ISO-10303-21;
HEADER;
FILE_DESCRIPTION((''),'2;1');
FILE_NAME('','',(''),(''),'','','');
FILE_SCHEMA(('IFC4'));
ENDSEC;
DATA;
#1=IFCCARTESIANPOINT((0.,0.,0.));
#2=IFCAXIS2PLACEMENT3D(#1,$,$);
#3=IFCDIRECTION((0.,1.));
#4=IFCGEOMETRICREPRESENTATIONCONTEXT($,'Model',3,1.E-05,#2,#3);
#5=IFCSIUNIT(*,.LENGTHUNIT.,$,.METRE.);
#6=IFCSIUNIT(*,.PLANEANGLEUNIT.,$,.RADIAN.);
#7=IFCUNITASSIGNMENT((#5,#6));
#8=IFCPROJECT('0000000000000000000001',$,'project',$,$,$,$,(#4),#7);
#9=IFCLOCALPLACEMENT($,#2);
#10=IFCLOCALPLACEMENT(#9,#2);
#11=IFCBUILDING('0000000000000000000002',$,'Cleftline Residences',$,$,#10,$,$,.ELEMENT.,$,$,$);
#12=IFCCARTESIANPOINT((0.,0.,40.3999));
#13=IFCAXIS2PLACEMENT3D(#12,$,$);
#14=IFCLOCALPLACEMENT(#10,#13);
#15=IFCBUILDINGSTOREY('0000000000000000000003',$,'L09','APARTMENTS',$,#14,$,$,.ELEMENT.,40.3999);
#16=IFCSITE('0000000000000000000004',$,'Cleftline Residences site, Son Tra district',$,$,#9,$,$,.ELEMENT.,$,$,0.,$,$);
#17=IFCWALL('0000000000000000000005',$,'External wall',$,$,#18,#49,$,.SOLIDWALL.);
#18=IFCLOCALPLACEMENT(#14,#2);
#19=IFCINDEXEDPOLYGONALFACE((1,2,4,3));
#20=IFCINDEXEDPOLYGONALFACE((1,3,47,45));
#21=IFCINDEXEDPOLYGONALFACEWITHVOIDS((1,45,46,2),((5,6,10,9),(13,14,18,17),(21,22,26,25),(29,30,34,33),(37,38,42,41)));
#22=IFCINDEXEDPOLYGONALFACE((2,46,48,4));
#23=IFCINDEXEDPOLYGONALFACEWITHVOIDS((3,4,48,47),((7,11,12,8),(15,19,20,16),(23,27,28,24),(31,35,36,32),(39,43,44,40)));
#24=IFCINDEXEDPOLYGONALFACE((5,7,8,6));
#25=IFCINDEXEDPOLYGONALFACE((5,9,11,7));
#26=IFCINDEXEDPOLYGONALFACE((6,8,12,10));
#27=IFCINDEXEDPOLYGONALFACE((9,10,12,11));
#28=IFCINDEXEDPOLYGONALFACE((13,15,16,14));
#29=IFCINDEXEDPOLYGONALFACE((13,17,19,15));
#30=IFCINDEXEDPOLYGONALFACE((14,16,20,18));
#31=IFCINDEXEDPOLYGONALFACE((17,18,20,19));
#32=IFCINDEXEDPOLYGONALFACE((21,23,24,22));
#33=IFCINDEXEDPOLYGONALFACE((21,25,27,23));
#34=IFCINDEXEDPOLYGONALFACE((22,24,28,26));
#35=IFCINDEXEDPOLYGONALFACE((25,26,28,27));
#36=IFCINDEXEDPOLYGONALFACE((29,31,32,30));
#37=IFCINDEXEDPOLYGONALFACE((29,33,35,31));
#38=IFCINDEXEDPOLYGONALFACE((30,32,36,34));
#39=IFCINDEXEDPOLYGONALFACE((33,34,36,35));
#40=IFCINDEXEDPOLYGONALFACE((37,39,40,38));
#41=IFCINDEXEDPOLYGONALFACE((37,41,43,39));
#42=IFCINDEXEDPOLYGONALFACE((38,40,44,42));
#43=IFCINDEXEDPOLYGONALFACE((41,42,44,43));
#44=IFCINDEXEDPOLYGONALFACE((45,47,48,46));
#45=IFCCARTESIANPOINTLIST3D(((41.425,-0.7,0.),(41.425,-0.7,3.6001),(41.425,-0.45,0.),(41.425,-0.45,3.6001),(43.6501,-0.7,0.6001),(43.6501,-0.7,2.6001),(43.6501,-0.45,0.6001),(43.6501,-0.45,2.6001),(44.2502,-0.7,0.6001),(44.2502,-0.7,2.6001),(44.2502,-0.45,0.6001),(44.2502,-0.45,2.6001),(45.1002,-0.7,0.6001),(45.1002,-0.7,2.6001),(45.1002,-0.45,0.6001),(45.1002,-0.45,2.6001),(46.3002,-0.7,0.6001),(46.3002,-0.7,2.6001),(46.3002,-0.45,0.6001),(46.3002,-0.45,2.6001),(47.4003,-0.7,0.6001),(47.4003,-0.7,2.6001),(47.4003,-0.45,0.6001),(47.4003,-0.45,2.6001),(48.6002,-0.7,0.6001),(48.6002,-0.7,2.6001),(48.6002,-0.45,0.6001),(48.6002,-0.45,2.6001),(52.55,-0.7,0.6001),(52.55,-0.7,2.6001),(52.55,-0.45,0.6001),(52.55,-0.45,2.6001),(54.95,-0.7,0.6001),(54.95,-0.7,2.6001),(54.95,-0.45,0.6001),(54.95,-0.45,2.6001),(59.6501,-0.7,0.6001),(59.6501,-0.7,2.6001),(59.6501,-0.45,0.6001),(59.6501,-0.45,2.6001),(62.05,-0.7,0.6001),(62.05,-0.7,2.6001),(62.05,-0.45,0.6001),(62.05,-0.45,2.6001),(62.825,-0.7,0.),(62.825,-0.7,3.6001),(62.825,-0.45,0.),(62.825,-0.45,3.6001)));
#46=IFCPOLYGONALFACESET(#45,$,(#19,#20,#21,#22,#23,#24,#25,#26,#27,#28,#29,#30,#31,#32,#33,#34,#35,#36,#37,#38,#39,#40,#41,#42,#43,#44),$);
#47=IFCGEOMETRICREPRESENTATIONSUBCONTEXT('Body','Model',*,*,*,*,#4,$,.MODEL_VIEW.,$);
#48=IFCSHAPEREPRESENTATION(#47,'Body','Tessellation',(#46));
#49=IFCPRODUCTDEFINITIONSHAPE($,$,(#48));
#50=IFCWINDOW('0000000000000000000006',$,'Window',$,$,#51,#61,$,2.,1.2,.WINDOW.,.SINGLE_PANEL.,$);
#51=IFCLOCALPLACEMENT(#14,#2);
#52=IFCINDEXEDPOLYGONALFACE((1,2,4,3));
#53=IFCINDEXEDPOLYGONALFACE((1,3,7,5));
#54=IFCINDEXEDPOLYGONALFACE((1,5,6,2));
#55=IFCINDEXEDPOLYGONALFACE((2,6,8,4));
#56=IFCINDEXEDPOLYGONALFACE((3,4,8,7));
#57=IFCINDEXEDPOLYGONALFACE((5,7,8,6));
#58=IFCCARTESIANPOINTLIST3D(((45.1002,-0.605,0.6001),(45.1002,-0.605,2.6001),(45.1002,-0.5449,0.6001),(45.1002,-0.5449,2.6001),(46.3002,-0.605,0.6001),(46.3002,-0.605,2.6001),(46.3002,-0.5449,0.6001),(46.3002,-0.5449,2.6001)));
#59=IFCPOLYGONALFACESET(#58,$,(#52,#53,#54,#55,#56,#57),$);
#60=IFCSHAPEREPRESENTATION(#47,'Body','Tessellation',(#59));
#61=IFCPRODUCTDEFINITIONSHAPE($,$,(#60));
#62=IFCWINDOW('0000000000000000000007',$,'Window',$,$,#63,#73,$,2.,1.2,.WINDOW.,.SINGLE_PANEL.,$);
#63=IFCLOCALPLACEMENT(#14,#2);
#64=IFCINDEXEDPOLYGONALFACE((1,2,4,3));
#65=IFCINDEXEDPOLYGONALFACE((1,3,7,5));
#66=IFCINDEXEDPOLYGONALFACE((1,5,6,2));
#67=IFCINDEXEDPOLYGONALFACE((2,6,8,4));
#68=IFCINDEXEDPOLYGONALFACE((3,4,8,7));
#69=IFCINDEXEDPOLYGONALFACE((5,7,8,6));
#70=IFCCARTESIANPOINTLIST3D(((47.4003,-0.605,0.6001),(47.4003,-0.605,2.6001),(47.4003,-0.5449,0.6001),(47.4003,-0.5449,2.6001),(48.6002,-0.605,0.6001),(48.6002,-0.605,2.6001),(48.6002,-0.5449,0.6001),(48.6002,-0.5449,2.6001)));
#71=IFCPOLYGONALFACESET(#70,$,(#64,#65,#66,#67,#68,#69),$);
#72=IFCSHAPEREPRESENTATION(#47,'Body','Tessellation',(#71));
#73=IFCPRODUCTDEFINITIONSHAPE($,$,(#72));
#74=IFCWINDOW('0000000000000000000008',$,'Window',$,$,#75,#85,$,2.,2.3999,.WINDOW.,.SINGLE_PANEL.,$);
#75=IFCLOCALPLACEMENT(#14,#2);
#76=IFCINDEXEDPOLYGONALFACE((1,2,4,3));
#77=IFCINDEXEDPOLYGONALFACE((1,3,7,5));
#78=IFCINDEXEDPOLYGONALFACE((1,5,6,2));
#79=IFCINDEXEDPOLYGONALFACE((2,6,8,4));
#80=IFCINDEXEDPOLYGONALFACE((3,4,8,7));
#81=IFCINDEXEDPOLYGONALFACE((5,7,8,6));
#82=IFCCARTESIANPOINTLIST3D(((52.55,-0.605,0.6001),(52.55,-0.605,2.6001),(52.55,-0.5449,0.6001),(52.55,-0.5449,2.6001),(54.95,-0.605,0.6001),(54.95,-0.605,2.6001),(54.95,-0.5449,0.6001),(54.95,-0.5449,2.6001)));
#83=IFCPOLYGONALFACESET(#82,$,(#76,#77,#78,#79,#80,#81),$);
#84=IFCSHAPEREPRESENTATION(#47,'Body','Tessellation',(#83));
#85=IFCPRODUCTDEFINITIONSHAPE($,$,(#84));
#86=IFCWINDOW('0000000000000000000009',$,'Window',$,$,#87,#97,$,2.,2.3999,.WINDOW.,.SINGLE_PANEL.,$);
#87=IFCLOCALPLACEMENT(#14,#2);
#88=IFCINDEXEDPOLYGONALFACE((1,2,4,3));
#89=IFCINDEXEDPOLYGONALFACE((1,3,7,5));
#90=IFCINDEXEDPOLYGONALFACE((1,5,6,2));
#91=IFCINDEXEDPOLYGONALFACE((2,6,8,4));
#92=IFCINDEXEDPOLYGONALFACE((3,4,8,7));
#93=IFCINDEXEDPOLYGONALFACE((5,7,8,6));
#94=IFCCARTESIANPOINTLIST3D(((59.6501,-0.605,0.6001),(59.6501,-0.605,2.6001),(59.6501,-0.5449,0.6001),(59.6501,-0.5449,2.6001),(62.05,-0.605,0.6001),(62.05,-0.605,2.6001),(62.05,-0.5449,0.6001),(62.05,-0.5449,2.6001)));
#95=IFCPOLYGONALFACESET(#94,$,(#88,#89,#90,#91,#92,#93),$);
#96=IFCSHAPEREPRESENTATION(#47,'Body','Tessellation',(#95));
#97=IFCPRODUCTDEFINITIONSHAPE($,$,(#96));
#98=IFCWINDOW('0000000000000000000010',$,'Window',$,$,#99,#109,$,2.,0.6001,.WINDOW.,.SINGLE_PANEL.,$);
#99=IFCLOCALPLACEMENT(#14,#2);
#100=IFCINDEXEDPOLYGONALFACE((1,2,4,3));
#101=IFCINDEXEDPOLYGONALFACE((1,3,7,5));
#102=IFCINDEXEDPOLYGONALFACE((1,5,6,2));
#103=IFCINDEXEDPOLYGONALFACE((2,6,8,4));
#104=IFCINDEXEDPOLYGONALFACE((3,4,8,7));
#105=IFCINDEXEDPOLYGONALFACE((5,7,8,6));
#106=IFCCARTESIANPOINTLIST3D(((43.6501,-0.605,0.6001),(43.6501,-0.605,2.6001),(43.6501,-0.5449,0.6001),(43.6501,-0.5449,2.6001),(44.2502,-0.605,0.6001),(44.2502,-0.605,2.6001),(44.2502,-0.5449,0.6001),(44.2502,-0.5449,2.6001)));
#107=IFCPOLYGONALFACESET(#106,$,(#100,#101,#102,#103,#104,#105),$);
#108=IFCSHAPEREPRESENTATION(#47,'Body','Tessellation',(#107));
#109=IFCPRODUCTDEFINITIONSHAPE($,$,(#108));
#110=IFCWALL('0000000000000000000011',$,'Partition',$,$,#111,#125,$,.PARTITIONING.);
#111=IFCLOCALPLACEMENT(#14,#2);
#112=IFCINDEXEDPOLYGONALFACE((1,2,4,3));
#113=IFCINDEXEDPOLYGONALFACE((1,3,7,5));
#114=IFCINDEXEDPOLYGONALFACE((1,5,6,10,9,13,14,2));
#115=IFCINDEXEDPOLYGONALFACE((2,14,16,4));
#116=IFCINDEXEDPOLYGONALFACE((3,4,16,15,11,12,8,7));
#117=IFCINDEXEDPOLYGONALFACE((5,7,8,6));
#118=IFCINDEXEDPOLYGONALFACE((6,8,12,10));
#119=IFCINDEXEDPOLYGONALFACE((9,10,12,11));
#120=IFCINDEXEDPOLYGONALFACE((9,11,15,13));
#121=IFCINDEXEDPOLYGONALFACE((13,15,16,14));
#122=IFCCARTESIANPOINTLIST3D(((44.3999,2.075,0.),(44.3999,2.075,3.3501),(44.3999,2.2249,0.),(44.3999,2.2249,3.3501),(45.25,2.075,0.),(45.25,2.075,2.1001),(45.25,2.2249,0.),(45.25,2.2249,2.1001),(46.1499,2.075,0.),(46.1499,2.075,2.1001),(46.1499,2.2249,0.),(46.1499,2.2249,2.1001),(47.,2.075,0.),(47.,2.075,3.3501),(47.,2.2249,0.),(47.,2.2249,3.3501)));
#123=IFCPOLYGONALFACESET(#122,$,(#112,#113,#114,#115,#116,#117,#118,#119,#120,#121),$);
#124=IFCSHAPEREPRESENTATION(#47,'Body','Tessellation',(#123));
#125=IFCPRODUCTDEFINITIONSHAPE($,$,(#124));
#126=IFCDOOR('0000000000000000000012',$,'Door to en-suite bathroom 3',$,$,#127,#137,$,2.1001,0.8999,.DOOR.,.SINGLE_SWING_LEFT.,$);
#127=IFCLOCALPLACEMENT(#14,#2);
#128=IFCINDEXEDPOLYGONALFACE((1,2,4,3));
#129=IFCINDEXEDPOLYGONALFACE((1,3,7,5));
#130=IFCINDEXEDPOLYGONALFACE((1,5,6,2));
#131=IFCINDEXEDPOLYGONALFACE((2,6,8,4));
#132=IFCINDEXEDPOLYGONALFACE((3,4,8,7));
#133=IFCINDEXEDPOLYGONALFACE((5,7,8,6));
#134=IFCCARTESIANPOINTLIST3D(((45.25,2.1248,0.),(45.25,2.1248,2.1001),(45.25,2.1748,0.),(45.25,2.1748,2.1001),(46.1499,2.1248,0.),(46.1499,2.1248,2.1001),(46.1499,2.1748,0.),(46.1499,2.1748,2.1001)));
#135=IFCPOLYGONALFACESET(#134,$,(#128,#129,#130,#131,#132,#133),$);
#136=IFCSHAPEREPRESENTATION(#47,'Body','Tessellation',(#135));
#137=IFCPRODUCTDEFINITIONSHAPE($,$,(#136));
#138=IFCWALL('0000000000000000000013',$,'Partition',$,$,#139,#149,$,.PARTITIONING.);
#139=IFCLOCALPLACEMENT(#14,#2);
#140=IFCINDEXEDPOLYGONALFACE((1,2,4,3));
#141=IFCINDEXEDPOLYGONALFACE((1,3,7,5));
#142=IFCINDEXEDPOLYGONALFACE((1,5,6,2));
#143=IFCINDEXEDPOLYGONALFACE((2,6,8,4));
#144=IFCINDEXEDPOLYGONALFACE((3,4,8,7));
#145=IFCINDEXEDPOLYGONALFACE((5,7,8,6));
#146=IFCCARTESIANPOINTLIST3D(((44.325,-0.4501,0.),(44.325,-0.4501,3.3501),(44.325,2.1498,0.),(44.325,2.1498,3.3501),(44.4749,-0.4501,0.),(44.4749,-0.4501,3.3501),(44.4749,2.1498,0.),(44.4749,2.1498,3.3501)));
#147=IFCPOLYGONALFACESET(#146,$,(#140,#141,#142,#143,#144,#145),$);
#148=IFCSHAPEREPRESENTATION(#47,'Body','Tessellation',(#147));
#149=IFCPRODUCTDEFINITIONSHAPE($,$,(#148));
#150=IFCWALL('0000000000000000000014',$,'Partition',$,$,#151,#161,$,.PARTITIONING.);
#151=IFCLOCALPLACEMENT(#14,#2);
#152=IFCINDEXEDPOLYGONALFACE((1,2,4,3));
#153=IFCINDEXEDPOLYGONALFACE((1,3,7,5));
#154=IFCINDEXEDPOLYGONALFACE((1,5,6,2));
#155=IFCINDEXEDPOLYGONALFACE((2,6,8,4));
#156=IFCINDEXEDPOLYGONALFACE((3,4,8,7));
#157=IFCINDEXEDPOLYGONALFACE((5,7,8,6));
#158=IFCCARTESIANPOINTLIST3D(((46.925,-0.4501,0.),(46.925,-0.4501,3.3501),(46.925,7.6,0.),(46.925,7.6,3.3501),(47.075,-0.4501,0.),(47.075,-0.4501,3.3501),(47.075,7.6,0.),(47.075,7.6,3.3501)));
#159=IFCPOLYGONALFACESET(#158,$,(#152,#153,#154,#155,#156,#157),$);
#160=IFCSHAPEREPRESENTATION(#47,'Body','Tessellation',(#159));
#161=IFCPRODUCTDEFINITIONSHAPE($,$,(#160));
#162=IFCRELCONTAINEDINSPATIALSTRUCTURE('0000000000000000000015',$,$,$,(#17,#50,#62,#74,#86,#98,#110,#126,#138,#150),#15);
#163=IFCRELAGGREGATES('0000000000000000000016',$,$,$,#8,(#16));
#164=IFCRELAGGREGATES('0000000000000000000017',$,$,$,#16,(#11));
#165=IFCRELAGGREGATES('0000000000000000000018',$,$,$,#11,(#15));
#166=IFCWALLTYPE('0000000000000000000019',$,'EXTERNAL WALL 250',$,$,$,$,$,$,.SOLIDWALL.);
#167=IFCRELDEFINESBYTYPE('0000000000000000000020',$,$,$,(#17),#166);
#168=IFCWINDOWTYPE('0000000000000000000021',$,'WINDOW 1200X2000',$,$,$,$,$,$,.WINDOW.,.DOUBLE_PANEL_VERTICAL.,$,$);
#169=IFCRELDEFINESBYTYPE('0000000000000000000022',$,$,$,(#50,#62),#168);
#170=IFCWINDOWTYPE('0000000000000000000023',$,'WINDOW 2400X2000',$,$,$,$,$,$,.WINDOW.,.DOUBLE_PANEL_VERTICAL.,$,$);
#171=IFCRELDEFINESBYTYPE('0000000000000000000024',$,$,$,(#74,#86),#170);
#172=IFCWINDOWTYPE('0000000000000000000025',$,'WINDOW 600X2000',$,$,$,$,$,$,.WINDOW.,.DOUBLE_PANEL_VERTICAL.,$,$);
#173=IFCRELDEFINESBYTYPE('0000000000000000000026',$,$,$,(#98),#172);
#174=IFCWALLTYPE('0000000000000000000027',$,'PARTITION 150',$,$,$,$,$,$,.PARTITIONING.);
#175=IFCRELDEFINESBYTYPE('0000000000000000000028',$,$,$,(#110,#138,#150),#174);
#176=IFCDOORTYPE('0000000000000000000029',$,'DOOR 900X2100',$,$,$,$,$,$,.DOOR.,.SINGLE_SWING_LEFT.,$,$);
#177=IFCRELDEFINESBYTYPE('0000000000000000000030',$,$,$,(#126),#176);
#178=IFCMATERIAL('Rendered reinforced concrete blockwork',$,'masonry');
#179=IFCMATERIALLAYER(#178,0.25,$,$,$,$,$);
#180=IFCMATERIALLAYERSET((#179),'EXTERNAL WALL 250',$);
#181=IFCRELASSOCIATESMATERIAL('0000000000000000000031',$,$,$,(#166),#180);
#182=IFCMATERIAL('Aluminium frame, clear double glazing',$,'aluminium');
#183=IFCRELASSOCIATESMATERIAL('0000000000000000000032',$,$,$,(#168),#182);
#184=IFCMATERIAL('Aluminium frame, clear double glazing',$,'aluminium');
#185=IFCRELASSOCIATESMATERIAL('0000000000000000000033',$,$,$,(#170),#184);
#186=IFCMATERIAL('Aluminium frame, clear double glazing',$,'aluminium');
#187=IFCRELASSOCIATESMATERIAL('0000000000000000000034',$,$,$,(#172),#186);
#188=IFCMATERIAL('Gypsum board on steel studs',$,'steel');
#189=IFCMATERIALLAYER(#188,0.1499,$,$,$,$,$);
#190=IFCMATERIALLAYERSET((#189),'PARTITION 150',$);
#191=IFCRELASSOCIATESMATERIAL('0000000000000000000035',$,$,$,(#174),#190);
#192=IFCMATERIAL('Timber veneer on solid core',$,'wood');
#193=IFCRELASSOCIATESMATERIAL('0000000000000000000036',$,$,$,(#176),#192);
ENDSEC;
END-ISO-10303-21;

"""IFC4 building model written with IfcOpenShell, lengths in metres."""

from ifc_helpers import new_model, si_unit, direction, frame, frame_2d, origin, place, context, subcontext, project, spatial, rectangle, extrude, material, layer, layer_set, type_object, element, fill, save


model = new_model("IFC4")

# Units and contexts
model_context = context("Model", 3, precision=1e-05, world=origin(), true_north=direction((0.0, 1.0)))
body_context = subcontext(model_context, "Body", "Model", "MODEL_VIEW")
ifc_project = project(units=[si_unit("LENGTHUNIT", "METRE"), si_unit("PLANEANGLEUNIT", "RADIAN")], contexts=[model_context])

# Site, building, storey
site_placement = place(None, origin())
site = spatial("IfcSite", under=ifc_project, at=site_placement, Name="Cleftline Residences site, Son Tra district", CompositionType="ELEMENT", RefElevation=0.0)
building_placement = place(site_placement, origin())
building = spatial("IfcBuilding", under=site, at=building_placement, Name="Cleftline Residences", CompositionType="ELEMENT")
storey_placement = place(building_placement, frame((0.0, 0.0, 40.3999)))
storey = spatial("IfcBuildingStorey", under=building, at=storey_placement, Name="L09", Description="APARTMENTS", CompositionType="ELEMENT", Elevation=40.3999)

# Wall, openings, windows
ifc_material_1 = material(Name="Rendered reinforced concrete blockwork", Category="masonry")
ifc_layer_1 = layer(ifc_material_1, 0.25)
ifc_layer_set_1 = layer_set([ifc_layer_1], Name="EXTERNAL WALL 250")
wall_type_1 = type_object("IfcWallType", Name="EXTERNAL WALL 250", PredefinedType="SOLIDWALL", material=ifc_layer_set_1)
wall_1_placement = place(storey_placement, frame((41.425, -0.575, 0.0), z_axis=(0.0, 0.0, 1.0), x_axis=(1.0, 0.0, 0.0)))
wall_1 = element("IfcWall", 1, at=wall_1_placement, inside=storey, type_object=wall_type_1, Name="External wall", PredefinedType="SOLIDWALL", context=body_context, shape_type="SweptSolid", body=[
    extrude(rectangle(XDim=21.3999, YDim=0.25, at=frame_2d((10.7, 0.0))), origin(), (0.0, 0.0, 1.0), 3.6001),
])
opening_1_placement = place(wall_1_placement, frame((2.2251, 0.0, 0.6001)))
opening_1 = element("IfcOpeningElement", 2, at=opening_1_placement, cuts=wall_1, PredefinedType="OPENING", context=body_context, shape_type="SweptSolid", body=[
    extrude(rectangle(XDim=0.6001, YDim=2.0, at=frame_2d((0.3, 1.0))), frame((0.0, 0.135, 0.0), z_axis=(0.0, -1.0, 0.0), x_axis=(1.0, 0.0, 0.0)), (0.0, 0.0, 1.0), 0.27),
])
opening_2_placement = place(wall_1_placement, frame((3.675, 0.0, 0.6001)))
opening_2 = element("IfcOpeningElement", 3, at=opening_2_placement, cuts=wall_1, PredefinedType="OPENING", context=body_context, shape_type="SweptSolid", body=[
    extrude(rectangle(XDim=1.2, YDim=2.0, at=frame_2d((0.6001, 1.0))), frame((0.0, 0.135, 0.0), z_axis=(0.0, -1.0, 0.0), x_axis=(1.0, 0.0, 0.0)), (0.0, 0.0, 1.0), 0.27),
])
opening_3_placement = place(wall_1_placement, frame((5.9751, 0.0, 0.6001)))
opening_3 = element("IfcOpeningElement", 4, at=opening_3_placement, cuts=wall_1, PredefinedType="OPENING", context=body_context, shape_type="SweptSolid", body=[
    extrude(rectangle(XDim=1.2, YDim=2.0, at=frame_2d((0.6001, 1.0))), frame((0.0, 0.135, 0.0), z_axis=(0.0, -1.0, 0.0), x_axis=(1.0, 0.0, 0.0)), (0.0, 0.0, 1.0), 0.27),
])
opening_4_placement = place(wall_1_placement, frame((11.125, 0.0, 0.6001)))
opening_4 = element("IfcOpeningElement", 5, at=opening_4_placement, cuts=wall_1, PredefinedType="OPENING", context=body_context, shape_type="SweptSolid", body=[
    extrude(rectangle(XDim=2.3999, YDim=2.0, at=frame_2d((1.2, 1.0))), frame((0.0, 0.135, 0.0), z_axis=(0.0, -1.0, 0.0), x_axis=(1.0, 0.0, 0.0)), (0.0, 0.0, 1.0), 0.27),
])
opening_5_placement = place(wall_1_placement, frame((18.2251, 0.0, 0.6001)))
opening_5 = element("IfcOpeningElement", 6, at=opening_5_placement, cuts=wall_1, PredefinedType="OPENING", context=body_context, shape_type="SweptSolid", body=[
    extrude(rectangle(XDim=2.3999, YDim=2.0, at=frame_2d((1.2, 1.0))), frame((0.0, 0.135, 0.0), z_axis=(0.0, -1.0, 0.0), x_axis=(1.0, 0.0, 0.0)), (0.0, 0.0, 1.0), 0.27),
])
ifc_material_2 = material(Name="Aluminium frame, clear double glazing", Category="aluminium")
window_type_1 = type_object("IfcWindowType", Name="WINDOW 1200X2000", PartitioningType="DOUBLE_PANEL_VERTICAL", PredefinedType="WINDOW", material=ifc_material_2)
window_1_placement = place(opening_2_placement, origin())
window_1 = element("IfcWindow", 7, at=window_1_placement, inside=storey, type_object=window_type_1, Name="Window", OverallHeight=2.0, OverallWidth=1.2, PartitioningType="SINGLE_PANEL", PredefinedType="WINDOW", context=body_context, shape_type="SweptSolid", body=[
    extrude(rectangle(XDim=1.2, YDim=2.0, at=frame_2d((0.6001, 1.0))), frame((0.0, 0.03, 0.0), z_axis=(0.0, -1.0, 0.0), x_axis=(1.0, 0.0, 0.0)), (0.0, 0.0, 1.0), 0.0601),
])
fill(opening_2, window_1)
window_2_placement = place(opening_3_placement, origin())
window_2 = element("IfcWindow", 8, at=window_2_placement, inside=storey, type_object=window_type_1, Name="Window", OverallHeight=2.0, OverallWidth=1.2, PartitioningType="SINGLE_PANEL", PredefinedType="WINDOW", context=body_context, shape_type="SweptSolid", body=[
    extrude(rectangle(XDim=1.2, YDim=2.0, at=frame_2d((0.6001, 1.0))), frame((0.0, 0.03, 0.0), z_axis=(0.0, -1.0, 0.0), x_axis=(1.0, 0.0, 0.0)), (0.0, 0.0, 1.0), 0.0601),
])
fill(opening_3, window_2)
ifc_material_3 = material(Name="Aluminium frame, clear double glazing", Category="aluminium")
window_type_2 = type_object("IfcWindowType", Name="WINDOW 2400X2000", PartitioningType="DOUBLE_PANEL_VERTICAL", PredefinedType="WINDOW", material=ifc_material_3)
window_3_placement = place(opening_4_placement, origin())
window_3 = element("IfcWindow", 9, at=window_3_placement, inside=storey, type_object=window_type_2, Name="Window", OverallHeight=2.0, OverallWidth=2.3999, PartitioningType="SINGLE_PANEL", PredefinedType="WINDOW", context=body_context, shape_type="SweptSolid", body=[
    extrude(rectangle(XDim=2.3999, YDim=2.0, at=frame_2d((1.2, 1.0))), frame((0.0, 0.03, 0.0), z_axis=(0.0, -1.0, 0.0), x_axis=(1.0, 0.0, 0.0)), (0.0, 0.0, 1.0), 0.0601),
])
fill(opening_4, window_3)
window_4_placement = place(opening_5_placement, origin())
window_4 = element("IfcWindow", 10, at=window_4_placement, inside=storey, type_object=window_type_2, Name="Window", OverallHeight=2.0, OverallWidth=2.3999, PartitioningType="SINGLE_PANEL", PredefinedType="WINDOW", context=body_context, shape_type="SweptSolid", body=[
    extrude(rectangle(XDim=2.3999, YDim=2.0, at=frame_2d((1.2, 1.0))), frame((0.0, 0.03, 0.0), z_axis=(0.0, -1.0, 0.0), x_axis=(1.0, 0.0, 0.0)), (0.0, 0.0, 1.0), 0.0601),
])
fill(opening_5, window_4)
ifc_material_4 = material(Name="Aluminium frame, clear double glazing", Category="aluminium")
window_type_3 = type_object("IfcWindowType", Name="WINDOW 600X2000", PartitioningType="DOUBLE_PANEL_VERTICAL", PredefinedType="WINDOW", material=ifc_material_4)
window_5_placement = place(opening_1_placement, origin())
window_5 = element("IfcWindow", 11, at=window_5_placement, inside=storey, type_object=window_type_3, Name="Window", OverallHeight=2.0, OverallWidth=0.6001, PartitioningType="SINGLE_PANEL", PredefinedType="WINDOW", context=body_context, shape_type="SweptSolid", body=[
    extrude(rectangle(XDim=0.6001, YDim=2.0, at=frame_2d((0.3, 1.0))), frame((0.0, 0.03, 0.0), z_axis=(0.0, -1.0, 0.0), x_axis=(1.0, 0.0, 0.0)), (0.0, 0.0, 1.0), 0.0601),
])
fill(opening_1, window_5)

# Wall, opening, door
ifc_material_5 = material(Name="Gypsum board on steel studs", Category="steel")
ifc_layer_2 = layer(ifc_material_5, 0.1499)
ifc_layer_set_2 = layer_set([ifc_layer_2], Name="PARTITION 150")
wall_type_2 = type_object("IfcWallType", Name="PARTITION 150", PredefinedType="PARTITIONING", material=ifc_layer_set_2)
wall_2_placement = place(storey_placement, frame((44.3999, 2.1499, 0.0), z_axis=(0.0, 0.0, 1.0), x_axis=(1.0, 0.0, 0.0)))
wall_2 = element("IfcWall", 12, at=wall_2_placement, inside=storey, type_object=wall_type_2, Name="Partition", PredefinedType="PARTITIONING", context=body_context, shape_type="SweptSolid", body=[
    extrude(rectangle(XDim=2.6001, YDim=0.1499, at=frame_2d((1.3, 0.0))), origin(), (0.0, 0.0, 1.0), 3.3501),
])
opening_6_placement = place(wall_2_placement, frame((0.8501, 0.0, 0.0)))
opening_6 = element("IfcOpeningElement", 13, at=opening_6_placement, cuts=wall_2, PredefinedType="OPENING", context=body_context, shape_type="SweptSolid", body=[
    extrude(rectangle(XDim=0.8999, YDim=2.1001, at=frame_2d((0.45, 1.05))), frame((0.0, 0.085, 0.0), z_axis=(0.0, -1.0, 0.0), x_axis=(1.0, 0.0, 0.0)), (0.0, 0.0, 1.0), 0.1699),
])
ifc_material_6 = material(Name="Timber veneer on solid core", Category="wood")
door_type = type_object("IfcDoorType", Name="DOOR 900X2100", OperationType="SINGLE_SWING_LEFT", PredefinedType="DOOR", material=ifc_material_6)
door_placement = place(opening_6_placement, origin())
door = element("IfcDoor", 14, at=door_placement, inside=storey, type_object=door_type, Name="Door to en-suite bathroom 3", OperationType="SINGLE_SWING_LEFT", OverallHeight=2.1001, OverallWidth=0.8999, PredefinedType="DOOR", context=body_context, shape_type="SweptSolid", body=[
    extrude(rectangle(XDim=0.8999, YDim=2.1001, at=frame_2d((0.45, 1.05))), frame((0.0, 0.0249, 0.0), z_axis=(0.0, -1.0, 0.0), x_axis=(1.0, 0.0, 0.0)), (0.0, 0.0, 1.0), 0.05),
])
fill(opening_6, door)

# Walls
wall_3_placement = place(storey_placement, frame((44.3999, -0.45, 0.0), z_axis=(0.0, 0.0, 1.0), x_axis=(0.0, 1.0, 0.0)))
element("IfcWall", 15, at=wall_3_placement, inside=storey, type_object=wall_type_2, Name="Partition", PredefinedType="PARTITIONING", context=body_context, shape_type="SweptSolid", body=[
    extrude(rectangle(XDim=2.5999, YDim=0.1499, at=frame_2d((1.2998, 0.0))), origin(), (0.0, 0.0, 1.0), 3.3501),
])
wall_4_placement = place(storey_placement, frame((47.0, -0.45, 0.0), z_axis=(0.0, 0.0, 1.0), x_axis=(0.0, 1.0, 0.0)))
element("IfcWall", 16, at=wall_4_placement, inside=storey, type_object=wall_type_2, Name="Partition", PredefinedType="PARTITIONING", context=body_context, shape_type="SweptSolid", body=[
    extrude(rectangle(XDim=8.05, YDim=0.1499, at=frame_2d((4.0249, 0.0))), origin(), (0.0, 0.0, 1.0), 3.3501),
])

save(model, "model.ifc")
